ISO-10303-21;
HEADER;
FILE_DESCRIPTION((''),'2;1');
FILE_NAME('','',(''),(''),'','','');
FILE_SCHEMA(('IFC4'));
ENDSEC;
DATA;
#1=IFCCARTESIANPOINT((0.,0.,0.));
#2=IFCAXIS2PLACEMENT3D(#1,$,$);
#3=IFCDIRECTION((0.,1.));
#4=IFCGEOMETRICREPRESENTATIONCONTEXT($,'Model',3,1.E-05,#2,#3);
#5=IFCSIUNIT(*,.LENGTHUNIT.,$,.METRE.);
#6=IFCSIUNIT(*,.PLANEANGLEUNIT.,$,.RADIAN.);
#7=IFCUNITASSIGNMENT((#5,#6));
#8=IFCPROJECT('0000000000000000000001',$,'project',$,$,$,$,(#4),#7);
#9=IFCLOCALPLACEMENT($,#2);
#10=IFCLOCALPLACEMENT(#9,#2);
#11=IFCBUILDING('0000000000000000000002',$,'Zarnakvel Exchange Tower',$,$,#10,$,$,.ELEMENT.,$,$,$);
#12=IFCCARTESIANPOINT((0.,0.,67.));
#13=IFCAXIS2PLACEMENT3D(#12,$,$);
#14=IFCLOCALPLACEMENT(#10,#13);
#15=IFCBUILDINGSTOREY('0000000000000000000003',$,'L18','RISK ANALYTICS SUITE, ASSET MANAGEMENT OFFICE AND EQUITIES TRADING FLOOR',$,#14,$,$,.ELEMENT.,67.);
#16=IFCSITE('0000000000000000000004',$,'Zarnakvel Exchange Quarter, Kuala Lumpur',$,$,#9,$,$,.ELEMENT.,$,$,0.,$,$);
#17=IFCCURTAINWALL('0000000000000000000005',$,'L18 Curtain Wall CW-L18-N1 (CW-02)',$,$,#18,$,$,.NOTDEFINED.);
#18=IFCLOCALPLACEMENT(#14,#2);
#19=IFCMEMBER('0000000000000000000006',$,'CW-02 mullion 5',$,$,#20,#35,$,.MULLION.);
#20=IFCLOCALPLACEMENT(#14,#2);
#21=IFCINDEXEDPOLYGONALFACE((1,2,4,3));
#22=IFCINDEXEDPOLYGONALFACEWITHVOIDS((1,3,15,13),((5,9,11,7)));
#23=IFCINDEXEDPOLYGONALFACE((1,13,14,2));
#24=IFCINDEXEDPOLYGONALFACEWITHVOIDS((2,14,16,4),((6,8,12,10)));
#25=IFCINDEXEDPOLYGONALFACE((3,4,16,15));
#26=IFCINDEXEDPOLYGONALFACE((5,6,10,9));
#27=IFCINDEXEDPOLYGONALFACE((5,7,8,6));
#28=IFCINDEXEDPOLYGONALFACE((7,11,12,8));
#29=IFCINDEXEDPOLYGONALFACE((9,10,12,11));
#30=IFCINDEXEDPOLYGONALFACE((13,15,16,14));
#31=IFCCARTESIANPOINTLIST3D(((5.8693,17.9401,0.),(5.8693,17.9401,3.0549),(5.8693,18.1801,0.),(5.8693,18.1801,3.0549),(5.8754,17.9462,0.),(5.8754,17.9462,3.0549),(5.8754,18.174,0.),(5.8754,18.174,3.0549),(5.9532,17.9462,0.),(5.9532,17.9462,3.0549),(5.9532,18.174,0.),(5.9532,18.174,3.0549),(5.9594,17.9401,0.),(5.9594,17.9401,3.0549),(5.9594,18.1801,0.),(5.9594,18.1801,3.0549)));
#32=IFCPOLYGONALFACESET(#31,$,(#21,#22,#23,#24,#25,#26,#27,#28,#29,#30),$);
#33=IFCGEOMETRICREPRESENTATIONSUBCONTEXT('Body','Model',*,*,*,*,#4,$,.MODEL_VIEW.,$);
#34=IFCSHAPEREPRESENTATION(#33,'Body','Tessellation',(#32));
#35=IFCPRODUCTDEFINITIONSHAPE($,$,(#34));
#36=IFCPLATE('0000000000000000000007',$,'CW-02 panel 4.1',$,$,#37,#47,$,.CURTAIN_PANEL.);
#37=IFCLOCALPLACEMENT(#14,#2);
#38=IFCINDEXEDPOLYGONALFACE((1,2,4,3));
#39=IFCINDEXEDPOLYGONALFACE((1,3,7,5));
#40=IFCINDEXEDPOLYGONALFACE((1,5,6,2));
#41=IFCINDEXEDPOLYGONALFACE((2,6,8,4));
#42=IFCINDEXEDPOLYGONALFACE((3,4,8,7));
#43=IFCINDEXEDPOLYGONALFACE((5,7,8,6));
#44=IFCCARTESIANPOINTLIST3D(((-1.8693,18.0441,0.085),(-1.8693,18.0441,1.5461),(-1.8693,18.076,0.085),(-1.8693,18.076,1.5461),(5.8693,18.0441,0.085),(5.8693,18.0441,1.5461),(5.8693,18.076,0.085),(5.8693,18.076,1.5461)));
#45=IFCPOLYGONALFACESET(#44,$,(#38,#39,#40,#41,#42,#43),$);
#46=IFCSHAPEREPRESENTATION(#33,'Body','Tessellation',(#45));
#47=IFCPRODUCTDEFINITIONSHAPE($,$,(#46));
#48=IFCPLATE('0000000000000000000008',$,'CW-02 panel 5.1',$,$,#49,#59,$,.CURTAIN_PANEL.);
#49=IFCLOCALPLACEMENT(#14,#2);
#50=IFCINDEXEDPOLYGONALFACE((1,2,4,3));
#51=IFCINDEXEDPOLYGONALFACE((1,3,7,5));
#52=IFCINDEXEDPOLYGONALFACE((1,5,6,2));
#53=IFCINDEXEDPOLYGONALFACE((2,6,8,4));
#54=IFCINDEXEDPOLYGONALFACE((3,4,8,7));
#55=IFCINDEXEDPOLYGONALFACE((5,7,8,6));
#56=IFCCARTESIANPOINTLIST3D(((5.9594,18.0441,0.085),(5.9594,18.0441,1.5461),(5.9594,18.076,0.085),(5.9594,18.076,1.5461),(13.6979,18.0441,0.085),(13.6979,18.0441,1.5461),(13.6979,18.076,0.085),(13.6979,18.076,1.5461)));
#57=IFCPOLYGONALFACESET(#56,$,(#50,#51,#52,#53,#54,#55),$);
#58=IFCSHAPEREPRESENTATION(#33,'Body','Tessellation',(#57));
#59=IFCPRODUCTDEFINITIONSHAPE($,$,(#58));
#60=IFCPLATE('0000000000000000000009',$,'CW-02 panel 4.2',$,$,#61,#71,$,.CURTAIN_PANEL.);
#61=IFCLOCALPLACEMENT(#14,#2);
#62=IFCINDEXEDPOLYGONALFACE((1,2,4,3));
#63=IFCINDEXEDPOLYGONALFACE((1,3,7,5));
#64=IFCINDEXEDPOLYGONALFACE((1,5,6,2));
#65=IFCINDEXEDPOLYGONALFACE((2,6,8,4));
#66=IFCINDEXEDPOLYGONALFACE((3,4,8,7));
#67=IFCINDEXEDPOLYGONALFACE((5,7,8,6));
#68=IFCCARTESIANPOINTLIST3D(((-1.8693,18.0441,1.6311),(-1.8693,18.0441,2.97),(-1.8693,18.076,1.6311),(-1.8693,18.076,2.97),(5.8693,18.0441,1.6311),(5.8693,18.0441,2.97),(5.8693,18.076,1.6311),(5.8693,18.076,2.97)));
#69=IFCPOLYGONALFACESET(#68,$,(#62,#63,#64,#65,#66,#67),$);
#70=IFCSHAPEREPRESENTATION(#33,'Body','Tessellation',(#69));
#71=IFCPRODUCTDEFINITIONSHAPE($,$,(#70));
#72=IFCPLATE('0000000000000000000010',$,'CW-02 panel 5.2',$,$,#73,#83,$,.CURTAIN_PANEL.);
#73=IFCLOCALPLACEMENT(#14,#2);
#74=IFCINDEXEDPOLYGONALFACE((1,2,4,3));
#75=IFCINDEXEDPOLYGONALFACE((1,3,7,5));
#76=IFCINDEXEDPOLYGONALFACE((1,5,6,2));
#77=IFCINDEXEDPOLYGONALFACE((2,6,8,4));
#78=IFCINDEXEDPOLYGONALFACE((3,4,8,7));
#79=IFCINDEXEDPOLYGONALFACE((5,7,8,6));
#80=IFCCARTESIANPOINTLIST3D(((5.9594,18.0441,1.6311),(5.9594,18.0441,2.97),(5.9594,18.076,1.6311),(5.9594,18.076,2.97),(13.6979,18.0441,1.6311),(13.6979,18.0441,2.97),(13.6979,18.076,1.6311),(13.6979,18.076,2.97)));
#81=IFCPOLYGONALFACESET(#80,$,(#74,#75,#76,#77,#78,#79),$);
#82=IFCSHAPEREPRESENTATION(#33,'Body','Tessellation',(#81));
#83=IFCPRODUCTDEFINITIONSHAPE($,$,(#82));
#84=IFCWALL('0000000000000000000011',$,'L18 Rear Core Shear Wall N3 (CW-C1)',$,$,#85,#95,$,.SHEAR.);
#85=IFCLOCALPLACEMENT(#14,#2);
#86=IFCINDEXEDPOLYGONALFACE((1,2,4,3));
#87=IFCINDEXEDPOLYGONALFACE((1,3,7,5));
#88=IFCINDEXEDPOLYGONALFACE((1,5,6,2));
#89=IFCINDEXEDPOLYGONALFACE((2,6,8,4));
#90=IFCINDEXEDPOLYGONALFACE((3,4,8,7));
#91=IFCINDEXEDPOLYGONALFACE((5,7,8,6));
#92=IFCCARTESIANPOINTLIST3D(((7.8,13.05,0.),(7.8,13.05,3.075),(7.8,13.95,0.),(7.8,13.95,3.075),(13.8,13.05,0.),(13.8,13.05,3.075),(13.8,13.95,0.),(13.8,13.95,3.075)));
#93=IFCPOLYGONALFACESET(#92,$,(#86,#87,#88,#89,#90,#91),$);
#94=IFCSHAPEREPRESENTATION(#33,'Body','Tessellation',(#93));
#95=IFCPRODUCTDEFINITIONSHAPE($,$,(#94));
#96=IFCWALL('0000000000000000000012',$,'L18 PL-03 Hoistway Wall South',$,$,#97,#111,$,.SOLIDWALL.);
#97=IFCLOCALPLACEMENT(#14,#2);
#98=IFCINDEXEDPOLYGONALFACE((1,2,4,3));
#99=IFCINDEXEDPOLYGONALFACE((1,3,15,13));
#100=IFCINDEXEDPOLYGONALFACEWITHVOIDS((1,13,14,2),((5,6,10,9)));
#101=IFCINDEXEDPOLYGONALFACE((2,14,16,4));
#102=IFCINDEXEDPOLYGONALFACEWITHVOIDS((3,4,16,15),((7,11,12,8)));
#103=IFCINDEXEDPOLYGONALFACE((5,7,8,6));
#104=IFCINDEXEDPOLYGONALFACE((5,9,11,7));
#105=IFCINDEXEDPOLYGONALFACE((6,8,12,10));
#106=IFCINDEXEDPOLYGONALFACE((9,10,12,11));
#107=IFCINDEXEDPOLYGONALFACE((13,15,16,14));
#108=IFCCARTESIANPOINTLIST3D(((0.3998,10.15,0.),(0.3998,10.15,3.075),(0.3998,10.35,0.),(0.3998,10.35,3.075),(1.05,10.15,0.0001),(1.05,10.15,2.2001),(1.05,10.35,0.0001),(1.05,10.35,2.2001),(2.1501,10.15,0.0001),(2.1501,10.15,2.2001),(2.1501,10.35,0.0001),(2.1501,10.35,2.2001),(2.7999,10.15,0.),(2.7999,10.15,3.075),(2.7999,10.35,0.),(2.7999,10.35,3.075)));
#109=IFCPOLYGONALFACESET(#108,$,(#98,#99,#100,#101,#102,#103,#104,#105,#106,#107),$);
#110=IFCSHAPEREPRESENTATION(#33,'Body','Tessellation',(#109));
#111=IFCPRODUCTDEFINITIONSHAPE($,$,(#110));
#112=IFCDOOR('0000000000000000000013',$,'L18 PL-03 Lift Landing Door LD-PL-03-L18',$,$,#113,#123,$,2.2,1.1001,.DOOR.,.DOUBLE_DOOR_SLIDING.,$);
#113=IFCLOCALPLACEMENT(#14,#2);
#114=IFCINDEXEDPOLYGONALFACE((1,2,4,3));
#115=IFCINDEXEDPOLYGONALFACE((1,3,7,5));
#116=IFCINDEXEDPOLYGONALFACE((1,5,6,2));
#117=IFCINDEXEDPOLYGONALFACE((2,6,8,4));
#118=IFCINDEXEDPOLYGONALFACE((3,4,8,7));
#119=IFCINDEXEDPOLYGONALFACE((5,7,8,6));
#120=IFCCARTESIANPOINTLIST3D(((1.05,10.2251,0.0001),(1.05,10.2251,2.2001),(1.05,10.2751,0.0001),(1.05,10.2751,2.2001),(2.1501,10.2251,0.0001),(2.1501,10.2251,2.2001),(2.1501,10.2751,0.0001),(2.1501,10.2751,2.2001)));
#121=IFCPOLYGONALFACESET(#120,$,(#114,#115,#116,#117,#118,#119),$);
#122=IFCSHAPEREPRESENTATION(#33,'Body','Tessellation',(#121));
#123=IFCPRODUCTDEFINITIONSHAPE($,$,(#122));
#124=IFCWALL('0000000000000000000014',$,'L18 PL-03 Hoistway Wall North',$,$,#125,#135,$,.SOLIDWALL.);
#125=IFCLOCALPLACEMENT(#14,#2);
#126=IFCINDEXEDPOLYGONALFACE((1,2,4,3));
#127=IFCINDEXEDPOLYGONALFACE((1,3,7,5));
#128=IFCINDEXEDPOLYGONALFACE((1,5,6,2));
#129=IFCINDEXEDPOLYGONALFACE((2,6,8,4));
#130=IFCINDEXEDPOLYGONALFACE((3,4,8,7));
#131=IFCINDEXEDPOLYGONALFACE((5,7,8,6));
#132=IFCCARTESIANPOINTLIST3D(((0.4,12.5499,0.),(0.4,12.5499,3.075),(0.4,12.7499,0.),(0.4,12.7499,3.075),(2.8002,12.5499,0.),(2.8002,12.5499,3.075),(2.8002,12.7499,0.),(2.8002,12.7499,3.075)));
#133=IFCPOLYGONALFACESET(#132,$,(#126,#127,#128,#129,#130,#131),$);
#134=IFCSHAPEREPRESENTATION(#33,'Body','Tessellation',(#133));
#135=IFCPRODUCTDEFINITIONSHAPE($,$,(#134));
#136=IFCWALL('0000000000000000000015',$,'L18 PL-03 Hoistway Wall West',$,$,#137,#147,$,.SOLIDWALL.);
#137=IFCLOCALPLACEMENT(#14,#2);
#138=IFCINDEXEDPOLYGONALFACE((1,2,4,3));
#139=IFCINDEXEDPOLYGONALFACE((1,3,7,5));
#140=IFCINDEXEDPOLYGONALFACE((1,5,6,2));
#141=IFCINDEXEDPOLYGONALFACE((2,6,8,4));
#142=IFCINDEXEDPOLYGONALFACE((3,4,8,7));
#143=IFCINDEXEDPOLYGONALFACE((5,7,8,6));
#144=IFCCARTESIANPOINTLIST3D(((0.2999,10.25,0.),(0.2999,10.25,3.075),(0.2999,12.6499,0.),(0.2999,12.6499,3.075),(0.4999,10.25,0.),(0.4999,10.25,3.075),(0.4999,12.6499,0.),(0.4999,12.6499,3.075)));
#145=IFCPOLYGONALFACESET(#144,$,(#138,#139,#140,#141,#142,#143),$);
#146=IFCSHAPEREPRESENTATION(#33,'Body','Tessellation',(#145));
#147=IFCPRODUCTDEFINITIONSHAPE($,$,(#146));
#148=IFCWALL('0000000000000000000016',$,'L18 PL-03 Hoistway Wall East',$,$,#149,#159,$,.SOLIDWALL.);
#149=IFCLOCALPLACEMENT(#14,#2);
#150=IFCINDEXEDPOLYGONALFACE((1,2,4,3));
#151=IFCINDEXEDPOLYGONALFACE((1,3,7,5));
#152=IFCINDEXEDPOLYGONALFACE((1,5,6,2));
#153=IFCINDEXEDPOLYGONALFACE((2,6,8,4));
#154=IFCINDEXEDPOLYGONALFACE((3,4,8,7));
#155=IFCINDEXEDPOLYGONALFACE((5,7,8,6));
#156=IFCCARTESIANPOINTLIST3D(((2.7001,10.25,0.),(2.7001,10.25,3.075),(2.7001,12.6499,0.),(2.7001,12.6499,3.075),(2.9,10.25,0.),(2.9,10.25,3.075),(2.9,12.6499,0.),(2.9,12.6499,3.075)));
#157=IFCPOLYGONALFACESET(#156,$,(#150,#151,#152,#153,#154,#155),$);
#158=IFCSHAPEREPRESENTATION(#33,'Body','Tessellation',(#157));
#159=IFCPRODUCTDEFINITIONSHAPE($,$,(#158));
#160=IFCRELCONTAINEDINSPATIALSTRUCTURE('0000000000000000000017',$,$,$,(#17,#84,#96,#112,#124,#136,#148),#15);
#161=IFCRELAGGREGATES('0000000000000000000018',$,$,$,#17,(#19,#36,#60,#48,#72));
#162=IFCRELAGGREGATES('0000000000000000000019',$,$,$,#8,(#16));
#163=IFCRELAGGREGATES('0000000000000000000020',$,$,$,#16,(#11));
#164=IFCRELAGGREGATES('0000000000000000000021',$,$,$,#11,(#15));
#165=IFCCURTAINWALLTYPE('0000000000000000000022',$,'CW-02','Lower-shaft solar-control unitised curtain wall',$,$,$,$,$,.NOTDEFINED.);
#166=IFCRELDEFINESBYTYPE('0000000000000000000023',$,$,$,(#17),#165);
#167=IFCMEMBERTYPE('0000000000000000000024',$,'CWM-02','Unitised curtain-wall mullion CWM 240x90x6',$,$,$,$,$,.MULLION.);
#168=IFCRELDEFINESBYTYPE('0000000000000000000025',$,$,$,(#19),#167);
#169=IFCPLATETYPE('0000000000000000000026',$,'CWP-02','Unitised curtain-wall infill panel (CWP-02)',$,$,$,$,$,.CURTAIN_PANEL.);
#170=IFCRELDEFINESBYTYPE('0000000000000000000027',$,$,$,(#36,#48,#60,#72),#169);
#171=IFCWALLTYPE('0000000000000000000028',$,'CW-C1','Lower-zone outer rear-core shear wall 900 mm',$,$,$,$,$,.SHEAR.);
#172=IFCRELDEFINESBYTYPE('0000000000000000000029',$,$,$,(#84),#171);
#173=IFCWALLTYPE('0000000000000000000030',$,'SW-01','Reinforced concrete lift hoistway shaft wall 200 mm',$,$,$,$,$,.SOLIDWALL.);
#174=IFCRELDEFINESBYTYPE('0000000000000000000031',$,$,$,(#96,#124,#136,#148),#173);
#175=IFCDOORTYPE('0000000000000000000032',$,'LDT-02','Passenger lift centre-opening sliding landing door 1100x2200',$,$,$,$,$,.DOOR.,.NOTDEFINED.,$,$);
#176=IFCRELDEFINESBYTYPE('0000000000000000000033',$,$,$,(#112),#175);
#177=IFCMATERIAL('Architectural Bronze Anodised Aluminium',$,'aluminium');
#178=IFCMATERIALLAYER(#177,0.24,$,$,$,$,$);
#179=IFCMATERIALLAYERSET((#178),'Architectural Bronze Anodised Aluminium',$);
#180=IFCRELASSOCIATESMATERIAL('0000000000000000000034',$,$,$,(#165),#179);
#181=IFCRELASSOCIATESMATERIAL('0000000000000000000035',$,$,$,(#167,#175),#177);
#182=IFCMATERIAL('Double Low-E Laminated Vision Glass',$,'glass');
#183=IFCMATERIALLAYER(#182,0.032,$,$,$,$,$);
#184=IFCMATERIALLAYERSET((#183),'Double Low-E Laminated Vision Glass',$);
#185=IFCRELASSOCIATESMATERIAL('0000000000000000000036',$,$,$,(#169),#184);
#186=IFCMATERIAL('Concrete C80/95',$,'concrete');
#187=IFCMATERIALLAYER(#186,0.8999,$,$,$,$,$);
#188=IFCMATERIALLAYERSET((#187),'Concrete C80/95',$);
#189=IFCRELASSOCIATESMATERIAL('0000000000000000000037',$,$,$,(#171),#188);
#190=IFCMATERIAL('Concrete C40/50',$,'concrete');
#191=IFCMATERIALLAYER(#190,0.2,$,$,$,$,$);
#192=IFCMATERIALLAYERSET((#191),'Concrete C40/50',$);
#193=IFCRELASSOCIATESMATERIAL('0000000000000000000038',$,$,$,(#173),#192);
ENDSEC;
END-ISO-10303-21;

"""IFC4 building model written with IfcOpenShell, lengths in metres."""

from ifc_helpers import new_model, si_unit, direction, frame, frame_2d, origin, origin_2d, place, context, subcontext, project, spatial, rectangle, hollow_rectangle, extrude, source, transform, mapped, material, layer, layer_set, material_profile, profile_set, type_object, element, fill, aggregate, save


model = new_model("IFC4")

# Units and contexts
model_context = context("Model", 3, precision=1e-05, world=origin(), true_north=direction((0.0, 1.0)))
body_context = subcontext(model_context, "Body", "Model", "MODEL_VIEW")
ifc_project = project(units=[si_unit("LENGTHUNIT", "METRE"), si_unit("PLANEANGLEUNIT", "RADIAN")], contexts=[model_context])

# Site, building, storey
site_placement = place(None, origin())
site = spatial("IfcSite", under=ifc_project, at=site_placement, Name="Zarnakvel Exchange Quarter, Kuala Lumpur", CompositionType="ELEMENT", RefElevation=0.0)
building_placement = place(site_placement, origin())
building = spatial("IfcBuilding", under=site, at=building_placement, Name="Zarnakvel Exchange Tower", CompositionType="ELEMENT")
storey_placement = place(building_placement, frame((0.0, 0.0, 67.0)))
storey = spatial("IfcBuildingStorey", under=building, at=storey_placement, Name="L18", Description="RISK ANALYTICS SUITE, ASSET MANAGEMENT OFFICE AND EQUITIES TRADING FLOOR", CompositionType="ELEMENT", Elevation=67.0)

# Shared definitions
ifc_material_1 = material(Name="Concrete C80/95", Category="concrete")

# Curtain wall, member, plates
ifc_material_2 = material(Name="Architectural Bronze Anodised Aluminium", Category="aluminium")
ifc_layer_1 = layer(ifc_material_2, 0.24)
ifc_layer_set_1 = layer_set([ifc_layer_1], Name="Architectural Bronze Anodised Aluminium")
curtain_wall_type = type_object("IfcCurtainWallType", Name="CW-02", Description="Lower-shaft solar-control unitised curtain wall", PredefinedType="NOTDEFINED", material=ifc_layer_set_1)
curtain_wall_placement = place(storey_placement, origin())
curtain_wall = element("IfcCurtainWall", 1, at=curtain_wall_placement, inside=storey, type_object=curtain_wall_type, Name="L18 Curtain Wall CW-L18-N1 (CW-02)", PredefinedType="NOTDEFINED")
ifc_material_profile_1 = material_profile(ifc_material_2, hollow_rectangle(XDim=0.24, YDim=0.0901, WallThickness=0.0061, at=origin_2d()))
ifc_profile_set_1 = profile_set([ifc_material_profile_1], Name="Architectural Bronze Anodised Aluminium")
member_type_1 = type_object("IfcMemberType", Name="CWM-02", Description="Unitised curtain-wall mullion CWM 240x90x6", PredefinedType="MULLION", material=ifc_profile_set_1)
shared_shape_1 = source(origin(), body_context, "Body", "SweptSolid", [
    extrude(hollow_rectangle(XDim=0.24, YDim=0.0901, WallThickness=0.0061, at=origin_2d()), origin(), (0.0, 0.0, 1.0), 3.0549),
])
member_1_placement = place(storey_placement, frame((5.9143, 18.0601, 0.0), z_axis=(0.0, 0.0, 1.0), x_axis=(0.0, 1.0, 0.0)))
member_1 = element("IfcMember", 2, at=member_1_placement, type_object=member_type_1, Name="CW-02 mullion 5", PredefinedType="MULLION", context=body_context, shape_type="MappedRepresentation", body=[
    mapped(shared_shape_1, transform((0.0, 0.0, 0.0), x_axis=(1.0, 0.0, 0.0), y_axis=(0.0, 1.0, 0.0), z_axis=(0.0, 0.0, 1.0), scale=1.0)),
])
ifc_material_3 = material(Name="Double Low-E Laminated Vision Glass", Category="glass")
ifc_layer_2 = layer(ifc_material_3, 0.032)
ifc_layer_set_2 = layer_set([ifc_layer_2], Name="Double Low-E Laminated Vision Glass")
plate_type = type_object("IfcPlateType", Name="CWP-02", Description="Unitised curtain-wall infill panel (CWP-02)", PredefinedType="CURTAIN_PANEL", material=ifc_layer_set_2)
shared_shape_2 = source(origin(), body_context, "Body", "SweptSolid", [
    extrude(rectangle(XDim=7.7385, YDim=0.032, at=origin_2d()), origin(), (0.0, 0.0, 1.0), 1.4612),
])
plate_1_placement = place(storey_placement, frame((2.0, 18.0601, 0.085), z_axis=(0.0, 0.0, 1.0), x_axis=(1.0, 0.0, 0.0)))
plate_1 = element("IfcPlate", 3, at=plate_1_placement, type_object=plate_type, Name="CW-02 panel 4.1", PredefinedType="CURTAIN_PANEL", context=body_context, shape_type="MappedRepresentation", body=[
    mapped(shared_shape_2, transform((0.0, 0.0, 0.0), x_axis=(1.0, 0.0, 0.0), y_axis=(0.0, 1.0, 0.0), z_axis=(0.0, 0.0, 1.0), scale=1.0)),
])
plate_2_placement = place(storey_placement, frame((9.8286, 18.0601, 0.085), z_axis=(0.0, 0.0, 1.0), x_axis=(1.0, 0.0, 0.0)))
plate_2 = element("IfcPlate", 4, at=plate_2_placement, type_object=plate_type, Name="CW-02 panel 5.1", PredefinedType="CURTAIN_PANEL", context=body_context, shape_type="MappedRepresentation", body=[
    mapped(shared_shape_2, transform((0.0, 0.0, 0.0), x_axis=(1.0, 0.0, 0.0), y_axis=(0.0, 1.0, 0.0), z_axis=(0.0, 0.0, 1.0), scale=1.0)),
])
shared_shape_3 = source(origin(), body_context, "Body", "SweptSolid", [
    extrude(rectangle(XDim=7.7385, YDim=0.032, at=origin_2d()), origin(), (0.0, 0.0, 1.0), 1.3389),
])
plate_3_placement = place(storey_placement, frame((2.0, 18.0601, 1.6311), z_axis=(0.0, 0.0, 1.0), x_axis=(1.0, 0.0, 0.0)))
plate_3 = element("IfcPlate", 5, at=plate_3_placement, type_object=plate_type, Name="CW-02 panel 4.2", PredefinedType="CURTAIN_PANEL", context=body_context, shape_type="MappedRepresentation", body=[
    mapped(shared_shape_3, transform((0.0, 0.0, 0.0), x_axis=(1.0, 0.0, 0.0), y_axis=(0.0, 1.0, 0.0), z_axis=(0.0, 0.0, 1.0), scale=1.0)),
])
plate_4_placement = place(storey_placement, frame((9.8286, 18.0601, 1.6311), z_axis=(0.0, 0.0, 1.0), x_axis=(1.0, 0.0, 0.0)))
plate_4 = element("IfcPlate", 6, at=plate_4_placement, type_object=plate_type, Name="CW-02 panel 5.2", PredefinedType="CURTAIN_PANEL", context=body_context, shape_type="MappedRepresentation", body=[
    mapped(shared_shape_3, transform((0.0, 0.0, 0.0), x_axis=(1.0, 0.0, 0.0), y_axis=(0.0, 1.0, 0.0), z_axis=(0.0, 0.0, 1.0), scale=1.0)),
])
aggregate(curtain_wall, [member_1, plate_1, plate_3, plate_2, plate_4])

# Wall
ifc_layer_3 = layer(ifc_material_1, 0.8999)
ifc_layer_set_3 = layer_set([ifc_layer_3], Name="Concrete C80/95")
wall_type_1 = type_object("IfcWallType", Name="CW-C1", Description="Lower-zone outer rear-core shear wall 900 mm", PredefinedType="SHEAR", material=ifc_layer_set_3)
wall_1_placement = place(storey_placement, frame((7.8, 13.5, 0.0), z_axis=(0.0, 0.0, 1.0), x_axis=(1.0, 0.0, 0.0)))
element("IfcWall", 7, at=wall_1_placement, inside=storey, type_object=wall_type_1, Name="L18 Rear Core Shear Wall N3 (CW-C1)", PredefinedType="SHEAR", context=body_context, shape_type="SweptSolid", body=[
    extrude(rectangle(XDim=6.0, YDim=0.8999, at=frame_2d((3.0, 0.0))), origin(), (0.0, 0.0, 1.0), 3.075),
])

# Wall, opening, door
ifc_material_4 = material(Name="Concrete C40/50", Category="concrete")
ifc_layer_4 = layer(ifc_material_4, 0.2)
ifc_layer_set_4 = layer_set([ifc_layer_4], Name="Concrete C40/50")
wall_type_2 = type_object("IfcWallType", Name="SW-01", Description="Reinforced concrete lift hoistway shaft wall 200 mm", PredefinedType="SOLIDWALL", material=ifc_layer_set_4)
wall_2_placement = place(storey_placement, frame((2.8, 10.25, 0.0), z_axis=(0.0, 0.0, 1.0), x_axis=(-1.0, 0.0, 0.0)))
wall_2 = element("IfcWall", 8, at=wall_2_placement, inside=storey, type_object=wall_type_2, Name="L18 PL-03 Hoistway Wall South", PredefinedType="SOLIDWALL", context=body_context, shape_type="SweptSolid", body=[
    extrude(rectangle(XDim=2.4001, YDim=0.2, at=frame_2d((1.2002, 0.0))), origin(), (0.0, 0.0, 1.0), 3.075),
])
opening_1_placement = place(wall_2_placement, frame((0.6499, 0.0, 0.0)))
opening_1 = element("IfcOpeningElement", 9, at=opening_1_placement, cuts=wall_2, PredefinedType="OPENING", context=body_context, shape_type="SweptSolid", body=[
    extrude(rectangle(XDim=1.1001, YDim=2.2, at=frame_2d((0.55, 1.1001))), frame((0.0, 0.1099, 0.0), z_axis=(0.0, -1.0, 0.0), x_axis=(1.0, 0.0, 0.0)), (0.0, 0.0, 1.0), 0.22),
])
door_type = type_object("IfcDoorType", Name="LDT-02", Description="Passenger lift centre-opening sliding landing door 1100x2200", OperationType="NOTDEFINED", PredefinedType="DOOR", material=ifc_material_2)
shared_shape_4 = source(origin(), body_context, "Body", "SweptSolid", [
    extrude(rectangle(XDim=1.1001, YDim=2.2, at=frame_2d((0.55, 1.1001))), frame((0.0, 0.0249, 0.0), z_axis=(0.0, -1.0, 0.0), x_axis=(1.0, 0.0, 0.0)), (0.0, 0.0, 1.0), 0.05),
])
door_1_placement = place(opening_1_placement, origin())
door_1 = element("IfcDoor", 10, at=door_1_placement, inside=storey, type_object=door_type, Name="L18 PL-03 Lift Landing Door LD-PL-03-L18", OperationType="DOUBLE_DOOR_SLIDING", OverallHeight=2.2, OverallWidth=1.1001, PredefinedType="DOOR", context=body_context, shape_type="MappedRepresentation", body=[
    mapped(shared_shape_4, transform((0.0, 0.0, 0.0), x_axis=(1.0, 0.0, 0.0), y_axis=(0.0, 1.0, 0.0), z_axis=(0.0, 0.0, 1.0), scale=1.0)),
])
fill(opening_1, door_1)

# Walls
wall_3_placement = place(storey_placement, frame((0.3999, 12.6499, 0.0), z_axis=(0.0, 0.0, 1.0), x_axis=(1.0, 0.0, 0.0)))
element("IfcWall", 11, at=wall_3_placement, inside=storey, type_object=wall_type_2, Name="L18 PL-03 Hoistway Wall North", PredefinedType="SOLIDWALL", context=body_context, shape_type="SweptSolid", body=[
    extrude(rectangle(XDim=2.4001, YDim=0.2, at=frame_2d((1.2002, 0.0))), origin(), (0.0, 0.0, 1.0), 3.075),
])
for number, where, z_axis, x_axis, name in (
    (12, (0.3999, 10.25, 0.0), (0.0, 0.0, 1.0), (0.0, 1.0, 0.0), "L18 PL-03 Hoistway Wall West"),
    (13, (2.8, 12.6499, 0.0), (0.0, 0.0, 1.0), (0.0, -1.0, 0.0), "L18 PL-03 Hoistway Wall East"),
):
    element("IfcWall", number, at=place(storey_placement, frame(where, z_axis=z_axis, x_axis=x_axis)), inside=storey, type_object=wall_type_2, Name=name, PredefinedType="SOLIDWALL", context=body_context, shape_type="SweptSolid", body=[
        extrude(rectangle(XDim=2.3999, YDim=0.2, at=frame_2d((1.2, 0.0))), origin(), (0.0, 0.0, 1.0), 3.075),
    ])

save(model, "model.ifc")
